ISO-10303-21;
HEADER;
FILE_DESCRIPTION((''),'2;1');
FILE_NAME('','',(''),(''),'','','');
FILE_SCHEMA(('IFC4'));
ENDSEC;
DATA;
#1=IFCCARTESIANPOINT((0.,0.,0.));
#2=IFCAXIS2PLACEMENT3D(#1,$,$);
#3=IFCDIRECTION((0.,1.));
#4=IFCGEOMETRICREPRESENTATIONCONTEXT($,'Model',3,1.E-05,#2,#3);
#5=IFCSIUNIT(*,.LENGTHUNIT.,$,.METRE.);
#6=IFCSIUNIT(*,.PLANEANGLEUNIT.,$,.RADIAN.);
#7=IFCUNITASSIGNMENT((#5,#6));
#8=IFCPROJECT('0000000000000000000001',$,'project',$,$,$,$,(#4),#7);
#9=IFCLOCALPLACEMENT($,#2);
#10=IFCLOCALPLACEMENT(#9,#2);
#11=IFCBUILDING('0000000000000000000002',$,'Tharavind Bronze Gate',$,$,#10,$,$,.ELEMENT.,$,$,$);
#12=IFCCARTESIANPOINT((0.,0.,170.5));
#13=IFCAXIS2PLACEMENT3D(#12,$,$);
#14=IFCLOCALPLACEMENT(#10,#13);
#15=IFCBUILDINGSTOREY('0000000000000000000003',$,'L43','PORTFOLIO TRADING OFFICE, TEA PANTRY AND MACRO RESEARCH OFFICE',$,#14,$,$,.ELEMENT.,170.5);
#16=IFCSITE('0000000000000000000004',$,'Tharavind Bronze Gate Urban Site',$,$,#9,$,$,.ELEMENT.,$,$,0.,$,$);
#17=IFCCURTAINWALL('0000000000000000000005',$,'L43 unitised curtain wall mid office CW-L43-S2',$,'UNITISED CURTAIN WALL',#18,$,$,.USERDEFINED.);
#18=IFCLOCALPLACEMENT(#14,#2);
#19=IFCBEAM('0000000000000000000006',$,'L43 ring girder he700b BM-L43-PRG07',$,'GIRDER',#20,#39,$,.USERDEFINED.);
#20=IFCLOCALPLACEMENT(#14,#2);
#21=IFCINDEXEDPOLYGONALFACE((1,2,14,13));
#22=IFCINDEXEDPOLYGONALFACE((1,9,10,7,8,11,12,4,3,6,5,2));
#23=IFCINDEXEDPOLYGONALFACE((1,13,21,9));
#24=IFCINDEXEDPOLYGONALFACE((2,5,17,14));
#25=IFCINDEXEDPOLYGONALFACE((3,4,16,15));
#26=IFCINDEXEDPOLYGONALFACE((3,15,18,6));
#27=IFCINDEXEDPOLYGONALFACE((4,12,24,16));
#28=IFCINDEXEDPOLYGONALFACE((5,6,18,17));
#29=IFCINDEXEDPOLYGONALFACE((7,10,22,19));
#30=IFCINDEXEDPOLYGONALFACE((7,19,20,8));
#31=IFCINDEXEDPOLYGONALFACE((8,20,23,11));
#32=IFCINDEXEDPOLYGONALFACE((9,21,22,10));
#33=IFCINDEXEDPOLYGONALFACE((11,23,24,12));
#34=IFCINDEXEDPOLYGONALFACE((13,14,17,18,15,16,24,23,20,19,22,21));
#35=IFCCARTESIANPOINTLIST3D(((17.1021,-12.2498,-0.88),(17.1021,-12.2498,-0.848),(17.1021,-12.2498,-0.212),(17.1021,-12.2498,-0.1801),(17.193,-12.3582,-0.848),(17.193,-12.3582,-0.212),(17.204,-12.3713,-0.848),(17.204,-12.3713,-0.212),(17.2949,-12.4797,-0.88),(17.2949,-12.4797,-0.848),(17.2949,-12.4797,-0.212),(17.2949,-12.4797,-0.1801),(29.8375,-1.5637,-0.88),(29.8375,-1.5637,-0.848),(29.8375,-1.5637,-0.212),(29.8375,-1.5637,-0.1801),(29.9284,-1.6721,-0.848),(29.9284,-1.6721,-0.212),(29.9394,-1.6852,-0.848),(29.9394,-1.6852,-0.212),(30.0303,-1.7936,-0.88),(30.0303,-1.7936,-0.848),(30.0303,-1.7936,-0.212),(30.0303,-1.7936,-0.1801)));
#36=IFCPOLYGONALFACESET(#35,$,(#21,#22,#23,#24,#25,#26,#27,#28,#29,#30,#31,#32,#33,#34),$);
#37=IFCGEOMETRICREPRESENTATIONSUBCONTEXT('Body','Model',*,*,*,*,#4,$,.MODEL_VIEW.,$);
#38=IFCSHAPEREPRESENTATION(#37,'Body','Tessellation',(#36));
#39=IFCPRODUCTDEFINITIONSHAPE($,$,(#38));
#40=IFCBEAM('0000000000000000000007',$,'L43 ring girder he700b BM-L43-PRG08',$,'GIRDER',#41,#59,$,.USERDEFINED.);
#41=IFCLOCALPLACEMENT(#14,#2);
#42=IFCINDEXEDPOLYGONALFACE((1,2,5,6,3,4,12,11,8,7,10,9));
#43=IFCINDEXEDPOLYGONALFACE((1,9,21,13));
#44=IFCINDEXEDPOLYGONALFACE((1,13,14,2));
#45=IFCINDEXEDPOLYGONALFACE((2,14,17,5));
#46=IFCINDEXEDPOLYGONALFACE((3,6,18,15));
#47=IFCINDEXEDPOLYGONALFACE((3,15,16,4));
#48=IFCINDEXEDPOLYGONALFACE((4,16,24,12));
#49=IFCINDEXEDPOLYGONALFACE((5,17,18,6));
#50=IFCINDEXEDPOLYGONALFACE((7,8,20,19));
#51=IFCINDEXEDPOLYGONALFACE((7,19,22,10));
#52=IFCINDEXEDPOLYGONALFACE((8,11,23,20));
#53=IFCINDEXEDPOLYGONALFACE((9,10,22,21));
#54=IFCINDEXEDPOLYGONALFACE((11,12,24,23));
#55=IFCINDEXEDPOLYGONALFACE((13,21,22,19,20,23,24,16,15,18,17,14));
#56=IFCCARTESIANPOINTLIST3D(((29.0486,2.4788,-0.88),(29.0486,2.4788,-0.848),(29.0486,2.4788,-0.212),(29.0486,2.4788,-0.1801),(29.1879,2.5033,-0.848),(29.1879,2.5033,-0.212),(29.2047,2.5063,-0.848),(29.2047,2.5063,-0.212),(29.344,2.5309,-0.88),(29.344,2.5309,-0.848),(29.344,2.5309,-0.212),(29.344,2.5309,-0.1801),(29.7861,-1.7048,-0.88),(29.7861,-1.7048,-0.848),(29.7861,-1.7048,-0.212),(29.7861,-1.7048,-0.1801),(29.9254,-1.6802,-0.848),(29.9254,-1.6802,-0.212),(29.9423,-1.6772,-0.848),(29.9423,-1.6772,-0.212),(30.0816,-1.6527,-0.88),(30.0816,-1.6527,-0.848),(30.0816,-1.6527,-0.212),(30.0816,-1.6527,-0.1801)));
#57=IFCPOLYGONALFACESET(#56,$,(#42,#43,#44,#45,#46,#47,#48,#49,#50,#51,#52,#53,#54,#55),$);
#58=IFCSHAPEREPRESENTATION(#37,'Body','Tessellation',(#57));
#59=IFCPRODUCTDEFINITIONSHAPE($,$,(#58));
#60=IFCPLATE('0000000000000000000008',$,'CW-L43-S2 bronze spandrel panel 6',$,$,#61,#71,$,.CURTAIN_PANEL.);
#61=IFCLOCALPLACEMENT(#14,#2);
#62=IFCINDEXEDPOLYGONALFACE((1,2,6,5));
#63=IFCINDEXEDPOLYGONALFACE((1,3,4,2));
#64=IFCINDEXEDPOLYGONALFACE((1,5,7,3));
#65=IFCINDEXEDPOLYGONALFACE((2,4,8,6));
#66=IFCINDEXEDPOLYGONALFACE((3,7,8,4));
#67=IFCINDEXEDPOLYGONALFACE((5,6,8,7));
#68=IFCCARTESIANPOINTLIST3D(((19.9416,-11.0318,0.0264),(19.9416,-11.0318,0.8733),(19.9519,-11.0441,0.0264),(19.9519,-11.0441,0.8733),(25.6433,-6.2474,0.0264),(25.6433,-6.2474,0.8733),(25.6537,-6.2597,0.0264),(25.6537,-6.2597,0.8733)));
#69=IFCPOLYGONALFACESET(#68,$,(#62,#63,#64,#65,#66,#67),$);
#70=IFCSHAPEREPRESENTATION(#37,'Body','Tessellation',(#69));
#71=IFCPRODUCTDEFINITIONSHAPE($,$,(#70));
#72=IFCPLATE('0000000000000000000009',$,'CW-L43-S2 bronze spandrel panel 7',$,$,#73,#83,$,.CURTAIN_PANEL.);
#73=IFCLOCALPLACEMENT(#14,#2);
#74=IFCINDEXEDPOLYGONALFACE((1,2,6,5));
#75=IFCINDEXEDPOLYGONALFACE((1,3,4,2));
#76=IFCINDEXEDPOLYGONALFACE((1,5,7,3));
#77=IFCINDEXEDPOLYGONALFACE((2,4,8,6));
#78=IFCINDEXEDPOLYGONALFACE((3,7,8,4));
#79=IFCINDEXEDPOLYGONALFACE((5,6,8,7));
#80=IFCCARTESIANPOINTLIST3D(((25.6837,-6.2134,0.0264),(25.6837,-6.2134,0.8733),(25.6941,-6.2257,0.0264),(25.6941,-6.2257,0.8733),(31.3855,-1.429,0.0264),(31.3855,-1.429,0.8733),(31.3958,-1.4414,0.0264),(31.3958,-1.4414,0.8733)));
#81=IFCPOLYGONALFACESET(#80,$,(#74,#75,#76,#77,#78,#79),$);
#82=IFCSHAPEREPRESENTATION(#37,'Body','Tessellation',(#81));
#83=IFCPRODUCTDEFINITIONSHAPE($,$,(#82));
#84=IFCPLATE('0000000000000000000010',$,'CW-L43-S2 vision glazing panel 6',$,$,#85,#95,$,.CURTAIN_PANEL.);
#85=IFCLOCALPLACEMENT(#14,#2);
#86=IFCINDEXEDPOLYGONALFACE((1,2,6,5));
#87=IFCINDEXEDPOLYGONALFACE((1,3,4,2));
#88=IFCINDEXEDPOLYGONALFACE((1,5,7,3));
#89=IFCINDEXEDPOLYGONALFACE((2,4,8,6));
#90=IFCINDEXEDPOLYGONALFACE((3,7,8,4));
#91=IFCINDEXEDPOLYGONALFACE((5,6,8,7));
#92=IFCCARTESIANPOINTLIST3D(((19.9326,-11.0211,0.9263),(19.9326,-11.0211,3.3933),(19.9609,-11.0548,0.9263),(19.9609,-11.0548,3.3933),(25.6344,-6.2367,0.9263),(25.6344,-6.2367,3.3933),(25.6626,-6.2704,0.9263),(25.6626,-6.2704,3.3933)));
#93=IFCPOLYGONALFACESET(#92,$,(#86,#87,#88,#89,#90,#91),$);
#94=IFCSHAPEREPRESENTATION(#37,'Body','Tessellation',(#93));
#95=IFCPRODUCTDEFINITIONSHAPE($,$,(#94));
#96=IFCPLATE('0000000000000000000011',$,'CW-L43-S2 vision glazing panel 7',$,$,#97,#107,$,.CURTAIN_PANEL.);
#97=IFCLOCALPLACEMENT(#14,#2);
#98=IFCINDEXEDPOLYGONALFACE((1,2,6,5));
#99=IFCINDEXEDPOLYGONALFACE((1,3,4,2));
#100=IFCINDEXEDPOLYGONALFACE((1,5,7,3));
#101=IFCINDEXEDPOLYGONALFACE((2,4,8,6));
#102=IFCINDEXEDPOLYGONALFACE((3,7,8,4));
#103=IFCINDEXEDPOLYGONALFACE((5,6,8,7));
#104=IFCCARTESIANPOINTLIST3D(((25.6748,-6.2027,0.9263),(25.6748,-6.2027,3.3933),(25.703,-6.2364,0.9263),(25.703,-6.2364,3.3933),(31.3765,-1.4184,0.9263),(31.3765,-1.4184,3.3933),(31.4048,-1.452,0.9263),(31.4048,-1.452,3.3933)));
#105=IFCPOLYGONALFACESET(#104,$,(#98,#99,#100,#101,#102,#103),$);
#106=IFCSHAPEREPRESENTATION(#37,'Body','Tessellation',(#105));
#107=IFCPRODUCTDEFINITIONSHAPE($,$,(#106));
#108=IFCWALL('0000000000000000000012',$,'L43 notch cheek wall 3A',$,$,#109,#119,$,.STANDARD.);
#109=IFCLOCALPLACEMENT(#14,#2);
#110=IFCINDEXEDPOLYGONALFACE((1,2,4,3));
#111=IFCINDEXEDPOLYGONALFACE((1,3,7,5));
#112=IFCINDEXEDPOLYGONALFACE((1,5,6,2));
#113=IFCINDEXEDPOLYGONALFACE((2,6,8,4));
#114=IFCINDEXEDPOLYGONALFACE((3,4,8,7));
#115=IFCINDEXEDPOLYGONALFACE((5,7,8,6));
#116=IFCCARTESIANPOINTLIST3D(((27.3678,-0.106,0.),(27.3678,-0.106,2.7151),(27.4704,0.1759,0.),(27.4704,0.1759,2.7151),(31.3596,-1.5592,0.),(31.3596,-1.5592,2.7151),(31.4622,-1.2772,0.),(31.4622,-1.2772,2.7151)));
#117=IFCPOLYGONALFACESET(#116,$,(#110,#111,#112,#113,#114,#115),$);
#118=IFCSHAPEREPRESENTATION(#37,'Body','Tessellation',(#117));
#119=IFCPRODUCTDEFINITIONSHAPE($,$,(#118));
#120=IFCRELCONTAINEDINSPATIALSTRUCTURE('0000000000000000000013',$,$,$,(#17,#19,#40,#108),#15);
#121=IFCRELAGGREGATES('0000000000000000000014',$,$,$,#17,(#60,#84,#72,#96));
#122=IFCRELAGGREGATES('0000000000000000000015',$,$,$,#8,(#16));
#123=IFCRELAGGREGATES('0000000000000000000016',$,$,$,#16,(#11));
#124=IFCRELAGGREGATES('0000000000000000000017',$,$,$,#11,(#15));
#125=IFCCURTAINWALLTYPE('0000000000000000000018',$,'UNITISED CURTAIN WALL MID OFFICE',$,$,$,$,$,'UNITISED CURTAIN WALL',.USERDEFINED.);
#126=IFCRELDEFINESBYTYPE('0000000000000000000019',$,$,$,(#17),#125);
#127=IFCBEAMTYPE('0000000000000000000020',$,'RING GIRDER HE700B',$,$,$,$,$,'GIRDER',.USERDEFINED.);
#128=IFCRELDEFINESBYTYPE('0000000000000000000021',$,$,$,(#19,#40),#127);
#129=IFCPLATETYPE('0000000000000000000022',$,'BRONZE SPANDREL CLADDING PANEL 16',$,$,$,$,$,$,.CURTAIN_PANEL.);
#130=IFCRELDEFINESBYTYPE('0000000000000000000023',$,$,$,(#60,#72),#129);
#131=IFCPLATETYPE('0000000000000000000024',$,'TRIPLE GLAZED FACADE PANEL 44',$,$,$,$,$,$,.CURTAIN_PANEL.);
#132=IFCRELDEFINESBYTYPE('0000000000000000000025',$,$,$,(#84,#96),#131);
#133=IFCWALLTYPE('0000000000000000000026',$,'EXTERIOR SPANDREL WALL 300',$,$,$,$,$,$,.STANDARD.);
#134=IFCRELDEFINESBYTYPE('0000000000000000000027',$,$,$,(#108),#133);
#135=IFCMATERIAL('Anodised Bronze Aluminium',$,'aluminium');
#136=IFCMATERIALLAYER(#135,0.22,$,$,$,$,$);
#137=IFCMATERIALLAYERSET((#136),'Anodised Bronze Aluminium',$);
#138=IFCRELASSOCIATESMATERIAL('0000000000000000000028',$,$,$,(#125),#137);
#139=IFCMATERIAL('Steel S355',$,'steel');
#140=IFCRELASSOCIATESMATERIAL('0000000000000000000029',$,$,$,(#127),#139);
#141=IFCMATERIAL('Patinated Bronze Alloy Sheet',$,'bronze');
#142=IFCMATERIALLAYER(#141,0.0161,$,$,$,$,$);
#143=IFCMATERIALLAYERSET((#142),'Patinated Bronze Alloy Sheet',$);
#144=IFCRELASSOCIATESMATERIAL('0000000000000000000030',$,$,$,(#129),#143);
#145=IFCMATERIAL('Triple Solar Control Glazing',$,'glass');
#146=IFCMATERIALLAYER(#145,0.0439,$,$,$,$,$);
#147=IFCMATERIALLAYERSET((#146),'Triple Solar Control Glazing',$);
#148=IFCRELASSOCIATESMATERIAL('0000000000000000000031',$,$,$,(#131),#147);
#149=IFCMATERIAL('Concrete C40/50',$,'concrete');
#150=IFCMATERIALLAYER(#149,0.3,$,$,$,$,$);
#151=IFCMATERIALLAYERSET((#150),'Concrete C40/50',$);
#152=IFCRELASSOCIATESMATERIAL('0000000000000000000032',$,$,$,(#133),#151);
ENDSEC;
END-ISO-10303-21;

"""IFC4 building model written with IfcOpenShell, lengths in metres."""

from ifc_helpers import new_model, si_unit, direction, frame, frame_2d, origin, origin_2d, place, context, subcontext, project, spatial, rectangle, i_section, extrude, material, layer, layer_set, material_profile, profile_set, type_object, element, aggregate, save


model = new_model("IFC4")

# Units and contexts
model_context = context("Model", 3, precision=1e-05, world=origin(), true_north=direction((0.0, 1.0)))
body_context = subcontext(model_context, "Body", "Model", "MODEL_VIEW")
ifc_project = project(units=[si_unit("LENGTHUNIT", "METRE"), si_unit("PLANEANGLEUNIT", "RADIAN")], contexts=[model_context])

# Site, building, storey
site_placement = place(None, origin())
site = spatial("IfcSite", under=ifc_project, at=site_placement, Name="Tharavind Bronze Gate Urban Site", CompositionType="ELEMENT", RefElevation=0.0)
building_placement = place(site_placement, origin())
building = spatial("IfcBuilding", under=site, at=building_placement, Name="Tharavind Bronze Gate", CompositionType="ELEMENT")
storey_placement = place(building_placement, frame((0.0, 0.0, 170.5)))
storey = spatial("IfcBuildingStorey", under=building, at=storey_placement, Name="L43", Description="PORTFOLIO TRADING OFFICE, TEA PANTRY AND MACRO RESEARCH OFFICE", CompositionType="ELEMENT", Elevation=170.5)

# Curtain wall
ifc_material_1 = material(Name="Anodised Bronze Aluminium", Category="aluminium")
ifc_layer_1 = layer(ifc_material_1, 0.22)
ifc_layer_set_1 = layer_set([ifc_layer_1], Name="Anodised Bronze Aluminium")
curtain_wall_type = type_object("IfcCurtainWallType", Name="UNITISED CURTAIN WALL MID OFFICE", ElementType="UNITISED CURTAIN WALL", PredefinedType="USERDEFINED", material=ifc_layer_set_1)
curtain_wall_placement = place(storey_placement, origin())
curtain_wall = element("IfcCurtainWall", 1, at=curtain_wall_placement, inside=storey, type_object=curtain_wall_type, Name="L43 unitised curtain wall mid office CW-L43-S2", ObjectType="UNITISED CURTAIN WALL", PredefinedType="USERDEFINED")

# Beams
ifc_material_2 = material(Name="Steel S355", Category="steel")
ifc_material_profile_1 = material_profile(ifc_material_2, i_section(OverallWidth=0.3, OverallDepth=0.7, WebThickness=0.0171, FlangeThickness=0.032, at=origin_2d()), Name="HE700B")
ifc_profile_set_1 = profile_set([ifc_material_profile_1], Name="Steel S355")
beam_type_1 = type_object("IfcBeamType", Name="RING GIRDER HE700B", ElementType="GIRDER", PredefinedType="USERDEFINED", material=ifc_profile_set_1)
beam_1_placement = place(storey_placement, frame((17.1985, -12.3647, -0.53), z_axis=(0.76605, 0.642781, 0.0), x_axis=(-0.642781, 0.76605, 0.0)))
element("IfcBeam", 2, at=beam_1_placement, inside=storey, type_object=beam_type_1, Name="L43 ring girder he700b BM-L43-PRG07", ObjectType="GIRDER", PredefinedType="USERDEFINED", context=body_context, shape_type="SweptSolid", body=[
    extrude(i_section(OverallWidth=0.3, OverallDepth=0.7, WebThickness=0.0171, FlangeThickness=0.032, at=origin_2d()), origin(), (0.0, 0.0, 1.0), 16.6248),
])
beam_2_placement = place(storey_placement, frame((29.9338, -1.6787, -0.53), z_axis=(-0.173618, 0.984813, 0.0), x_axis=(-0.984813, -0.173618, 0.0)))
element("IfcBeam", 3, at=beam_2_placement, inside=storey, type_object=beam_type_1, Name="L43 ring girder he700b BM-L43-PRG08", ObjectType="GIRDER", PredefinedType="USERDEFINED", context=body_context, shape_type="SweptSolid", body=[
    extrude(i_section(OverallWidth=0.3, OverallDepth=0.7, WebThickness=0.0171, FlangeThickness=0.032, at=origin_2d()), origin(), (0.0, 0.0, 1.0), 4.248),
])

# Plates
ifc_material_3 = material(Name="Patinated Bronze Alloy Sheet", Category="bronze")
ifc_layer_2 = layer(ifc_material_3, 0.0161)
ifc_layer_set_2 = layer_set([ifc_layer_2], Name="Patinated Bronze Alloy Sheet")
plate_type_1 = type_object("IfcPlateType", Name="BRONZE SPANDREL CLADDING PANEL 16", PredefinedType="CURTAIN_PANEL", material=ifc_layer_set_2)
plate_1_placement = place(storey_placement, frame((22.7976, -8.6458, 0.0264), z_axis=(0.0, 0.0, 1.0), x_axis=(0.766043, 0.642789, 0.0)))
plate_1 = element("IfcPlate", 4, at=plate_1_placement, type_object=plate_type_1, Name="CW-L43-S2 bronze spandrel panel 6", PredefinedType="CURTAIN_PANEL", context=body_context, shape_type="SweptSolid", body=[
    extrude(rectangle(XDim=7.4431, YDim=0.0161, at=origin_2d()), origin(), (0.0, 0.0, 1.0), 0.8469),
])
plate_2_placement = place(storey_placement, frame((28.5398, -3.8274, 0.0264), z_axis=(0.0, 0.0, 1.0), x_axis=(0.766043, 0.642789, 0.0)))
plate_2 = element("IfcPlate", 5, at=plate_2_placement, type_object=plate_type_1, Name="CW-L43-S2 bronze spandrel panel 7", PredefinedType="CURTAIN_PANEL", context=body_context, shape_type="SweptSolid", body=[
    extrude(rectangle(XDim=7.4431, YDim=0.0161, at=origin_2d()), origin(), (0.0, 0.0, 1.0), 0.8469),
])
ifc_material_4 = material(Name="Triple Solar Control Glazing", Category="glass")
ifc_layer_3 = layer(ifc_material_4, 0.0439)
ifc_layer_set_3 = layer_set([ifc_layer_3], Name="Triple Solar Control Glazing")
plate_type_2 = type_object("IfcPlateType", Name="TRIPLE GLAZED FACADE PANEL 44", PredefinedType="CURTAIN_PANEL", material=ifc_layer_set_3)
plate_3_placement = place(storey_placement, frame((22.7976, -8.6458, 0.9263), z_axis=(0.0, 0.0, 1.0), x_axis=(0.766043, 0.642789, 0.0)))
plate_3 = element("IfcPlate", 6, at=plate_3_placement, type_object=plate_type_2, Name="CW-L43-S2 vision glazing panel 6", PredefinedType="CURTAIN_PANEL", context=body_context, shape_type="SweptSolid", body=[
    extrude(rectangle(XDim=7.4431, YDim=0.0439, at=origin_2d()), origin(), (0.0, 0.0, 1.0), 2.467),
])
plate_4_placement = place(storey_placement, frame((28.5398, -3.8274, 0.9263), z_axis=(0.0, 0.0, 1.0), x_axis=(0.766043, 0.642789, 0.0)))
plate_4 = element("IfcPlate", 7, at=plate_4_placement, type_object=plate_type_2, Name="CW-L43-S2 vision glazing panel 7", PredefinedType="CURTAIN_PANEL", context=body_context, shape_type="SweptSolid", body=[
    extrude(rectangle(XDim=7.4431, YDim=0.0439, at=origin_2d()), origin(), (0.0, 0.0, 1.0), 2.467),
])
aggregate(curtain_wall, [plate_1, plate_3, plate_2, plate_4])

# Wall
ifc_material_5 = material(Name="Concrete C40/50", Category="concrete")
ifc_layer_4 = layer(ifc_material_5, 0.3)
ifc_layer_set_4 = layer_set([ifc_layer_4], Name="Concrete C40/50")
wall_type_1 = type_object("IfcWallType", Name="EXTERIOR SPANDREL WALL 300", PredefinedType="STANDARD", material=ifc_layer_set_4)
wall_1_placement = place(storey_placement, frame((31.4109, -1.4182, 0.0), z_axis=(0.0, 0.0, 1.0), x_axis=(-0.939673, 0.342075, 0.0)))
element("IfcWall", 8, at=wall_1_placement, inside=storey, type_object=wall_type_1, Name="L43 notch cheek wall 3A", PredefinedType="STANDARD", context=body_context, shape_type="SweptSolid", body=[
    extrude(rectangle(XDim=4.248, YDim=0.3, at=frame_2d((2.124, 0.0))), origin(), (0.0, 0.0, 1.0), 2.7151),
])

save(model, "model.ifc")
